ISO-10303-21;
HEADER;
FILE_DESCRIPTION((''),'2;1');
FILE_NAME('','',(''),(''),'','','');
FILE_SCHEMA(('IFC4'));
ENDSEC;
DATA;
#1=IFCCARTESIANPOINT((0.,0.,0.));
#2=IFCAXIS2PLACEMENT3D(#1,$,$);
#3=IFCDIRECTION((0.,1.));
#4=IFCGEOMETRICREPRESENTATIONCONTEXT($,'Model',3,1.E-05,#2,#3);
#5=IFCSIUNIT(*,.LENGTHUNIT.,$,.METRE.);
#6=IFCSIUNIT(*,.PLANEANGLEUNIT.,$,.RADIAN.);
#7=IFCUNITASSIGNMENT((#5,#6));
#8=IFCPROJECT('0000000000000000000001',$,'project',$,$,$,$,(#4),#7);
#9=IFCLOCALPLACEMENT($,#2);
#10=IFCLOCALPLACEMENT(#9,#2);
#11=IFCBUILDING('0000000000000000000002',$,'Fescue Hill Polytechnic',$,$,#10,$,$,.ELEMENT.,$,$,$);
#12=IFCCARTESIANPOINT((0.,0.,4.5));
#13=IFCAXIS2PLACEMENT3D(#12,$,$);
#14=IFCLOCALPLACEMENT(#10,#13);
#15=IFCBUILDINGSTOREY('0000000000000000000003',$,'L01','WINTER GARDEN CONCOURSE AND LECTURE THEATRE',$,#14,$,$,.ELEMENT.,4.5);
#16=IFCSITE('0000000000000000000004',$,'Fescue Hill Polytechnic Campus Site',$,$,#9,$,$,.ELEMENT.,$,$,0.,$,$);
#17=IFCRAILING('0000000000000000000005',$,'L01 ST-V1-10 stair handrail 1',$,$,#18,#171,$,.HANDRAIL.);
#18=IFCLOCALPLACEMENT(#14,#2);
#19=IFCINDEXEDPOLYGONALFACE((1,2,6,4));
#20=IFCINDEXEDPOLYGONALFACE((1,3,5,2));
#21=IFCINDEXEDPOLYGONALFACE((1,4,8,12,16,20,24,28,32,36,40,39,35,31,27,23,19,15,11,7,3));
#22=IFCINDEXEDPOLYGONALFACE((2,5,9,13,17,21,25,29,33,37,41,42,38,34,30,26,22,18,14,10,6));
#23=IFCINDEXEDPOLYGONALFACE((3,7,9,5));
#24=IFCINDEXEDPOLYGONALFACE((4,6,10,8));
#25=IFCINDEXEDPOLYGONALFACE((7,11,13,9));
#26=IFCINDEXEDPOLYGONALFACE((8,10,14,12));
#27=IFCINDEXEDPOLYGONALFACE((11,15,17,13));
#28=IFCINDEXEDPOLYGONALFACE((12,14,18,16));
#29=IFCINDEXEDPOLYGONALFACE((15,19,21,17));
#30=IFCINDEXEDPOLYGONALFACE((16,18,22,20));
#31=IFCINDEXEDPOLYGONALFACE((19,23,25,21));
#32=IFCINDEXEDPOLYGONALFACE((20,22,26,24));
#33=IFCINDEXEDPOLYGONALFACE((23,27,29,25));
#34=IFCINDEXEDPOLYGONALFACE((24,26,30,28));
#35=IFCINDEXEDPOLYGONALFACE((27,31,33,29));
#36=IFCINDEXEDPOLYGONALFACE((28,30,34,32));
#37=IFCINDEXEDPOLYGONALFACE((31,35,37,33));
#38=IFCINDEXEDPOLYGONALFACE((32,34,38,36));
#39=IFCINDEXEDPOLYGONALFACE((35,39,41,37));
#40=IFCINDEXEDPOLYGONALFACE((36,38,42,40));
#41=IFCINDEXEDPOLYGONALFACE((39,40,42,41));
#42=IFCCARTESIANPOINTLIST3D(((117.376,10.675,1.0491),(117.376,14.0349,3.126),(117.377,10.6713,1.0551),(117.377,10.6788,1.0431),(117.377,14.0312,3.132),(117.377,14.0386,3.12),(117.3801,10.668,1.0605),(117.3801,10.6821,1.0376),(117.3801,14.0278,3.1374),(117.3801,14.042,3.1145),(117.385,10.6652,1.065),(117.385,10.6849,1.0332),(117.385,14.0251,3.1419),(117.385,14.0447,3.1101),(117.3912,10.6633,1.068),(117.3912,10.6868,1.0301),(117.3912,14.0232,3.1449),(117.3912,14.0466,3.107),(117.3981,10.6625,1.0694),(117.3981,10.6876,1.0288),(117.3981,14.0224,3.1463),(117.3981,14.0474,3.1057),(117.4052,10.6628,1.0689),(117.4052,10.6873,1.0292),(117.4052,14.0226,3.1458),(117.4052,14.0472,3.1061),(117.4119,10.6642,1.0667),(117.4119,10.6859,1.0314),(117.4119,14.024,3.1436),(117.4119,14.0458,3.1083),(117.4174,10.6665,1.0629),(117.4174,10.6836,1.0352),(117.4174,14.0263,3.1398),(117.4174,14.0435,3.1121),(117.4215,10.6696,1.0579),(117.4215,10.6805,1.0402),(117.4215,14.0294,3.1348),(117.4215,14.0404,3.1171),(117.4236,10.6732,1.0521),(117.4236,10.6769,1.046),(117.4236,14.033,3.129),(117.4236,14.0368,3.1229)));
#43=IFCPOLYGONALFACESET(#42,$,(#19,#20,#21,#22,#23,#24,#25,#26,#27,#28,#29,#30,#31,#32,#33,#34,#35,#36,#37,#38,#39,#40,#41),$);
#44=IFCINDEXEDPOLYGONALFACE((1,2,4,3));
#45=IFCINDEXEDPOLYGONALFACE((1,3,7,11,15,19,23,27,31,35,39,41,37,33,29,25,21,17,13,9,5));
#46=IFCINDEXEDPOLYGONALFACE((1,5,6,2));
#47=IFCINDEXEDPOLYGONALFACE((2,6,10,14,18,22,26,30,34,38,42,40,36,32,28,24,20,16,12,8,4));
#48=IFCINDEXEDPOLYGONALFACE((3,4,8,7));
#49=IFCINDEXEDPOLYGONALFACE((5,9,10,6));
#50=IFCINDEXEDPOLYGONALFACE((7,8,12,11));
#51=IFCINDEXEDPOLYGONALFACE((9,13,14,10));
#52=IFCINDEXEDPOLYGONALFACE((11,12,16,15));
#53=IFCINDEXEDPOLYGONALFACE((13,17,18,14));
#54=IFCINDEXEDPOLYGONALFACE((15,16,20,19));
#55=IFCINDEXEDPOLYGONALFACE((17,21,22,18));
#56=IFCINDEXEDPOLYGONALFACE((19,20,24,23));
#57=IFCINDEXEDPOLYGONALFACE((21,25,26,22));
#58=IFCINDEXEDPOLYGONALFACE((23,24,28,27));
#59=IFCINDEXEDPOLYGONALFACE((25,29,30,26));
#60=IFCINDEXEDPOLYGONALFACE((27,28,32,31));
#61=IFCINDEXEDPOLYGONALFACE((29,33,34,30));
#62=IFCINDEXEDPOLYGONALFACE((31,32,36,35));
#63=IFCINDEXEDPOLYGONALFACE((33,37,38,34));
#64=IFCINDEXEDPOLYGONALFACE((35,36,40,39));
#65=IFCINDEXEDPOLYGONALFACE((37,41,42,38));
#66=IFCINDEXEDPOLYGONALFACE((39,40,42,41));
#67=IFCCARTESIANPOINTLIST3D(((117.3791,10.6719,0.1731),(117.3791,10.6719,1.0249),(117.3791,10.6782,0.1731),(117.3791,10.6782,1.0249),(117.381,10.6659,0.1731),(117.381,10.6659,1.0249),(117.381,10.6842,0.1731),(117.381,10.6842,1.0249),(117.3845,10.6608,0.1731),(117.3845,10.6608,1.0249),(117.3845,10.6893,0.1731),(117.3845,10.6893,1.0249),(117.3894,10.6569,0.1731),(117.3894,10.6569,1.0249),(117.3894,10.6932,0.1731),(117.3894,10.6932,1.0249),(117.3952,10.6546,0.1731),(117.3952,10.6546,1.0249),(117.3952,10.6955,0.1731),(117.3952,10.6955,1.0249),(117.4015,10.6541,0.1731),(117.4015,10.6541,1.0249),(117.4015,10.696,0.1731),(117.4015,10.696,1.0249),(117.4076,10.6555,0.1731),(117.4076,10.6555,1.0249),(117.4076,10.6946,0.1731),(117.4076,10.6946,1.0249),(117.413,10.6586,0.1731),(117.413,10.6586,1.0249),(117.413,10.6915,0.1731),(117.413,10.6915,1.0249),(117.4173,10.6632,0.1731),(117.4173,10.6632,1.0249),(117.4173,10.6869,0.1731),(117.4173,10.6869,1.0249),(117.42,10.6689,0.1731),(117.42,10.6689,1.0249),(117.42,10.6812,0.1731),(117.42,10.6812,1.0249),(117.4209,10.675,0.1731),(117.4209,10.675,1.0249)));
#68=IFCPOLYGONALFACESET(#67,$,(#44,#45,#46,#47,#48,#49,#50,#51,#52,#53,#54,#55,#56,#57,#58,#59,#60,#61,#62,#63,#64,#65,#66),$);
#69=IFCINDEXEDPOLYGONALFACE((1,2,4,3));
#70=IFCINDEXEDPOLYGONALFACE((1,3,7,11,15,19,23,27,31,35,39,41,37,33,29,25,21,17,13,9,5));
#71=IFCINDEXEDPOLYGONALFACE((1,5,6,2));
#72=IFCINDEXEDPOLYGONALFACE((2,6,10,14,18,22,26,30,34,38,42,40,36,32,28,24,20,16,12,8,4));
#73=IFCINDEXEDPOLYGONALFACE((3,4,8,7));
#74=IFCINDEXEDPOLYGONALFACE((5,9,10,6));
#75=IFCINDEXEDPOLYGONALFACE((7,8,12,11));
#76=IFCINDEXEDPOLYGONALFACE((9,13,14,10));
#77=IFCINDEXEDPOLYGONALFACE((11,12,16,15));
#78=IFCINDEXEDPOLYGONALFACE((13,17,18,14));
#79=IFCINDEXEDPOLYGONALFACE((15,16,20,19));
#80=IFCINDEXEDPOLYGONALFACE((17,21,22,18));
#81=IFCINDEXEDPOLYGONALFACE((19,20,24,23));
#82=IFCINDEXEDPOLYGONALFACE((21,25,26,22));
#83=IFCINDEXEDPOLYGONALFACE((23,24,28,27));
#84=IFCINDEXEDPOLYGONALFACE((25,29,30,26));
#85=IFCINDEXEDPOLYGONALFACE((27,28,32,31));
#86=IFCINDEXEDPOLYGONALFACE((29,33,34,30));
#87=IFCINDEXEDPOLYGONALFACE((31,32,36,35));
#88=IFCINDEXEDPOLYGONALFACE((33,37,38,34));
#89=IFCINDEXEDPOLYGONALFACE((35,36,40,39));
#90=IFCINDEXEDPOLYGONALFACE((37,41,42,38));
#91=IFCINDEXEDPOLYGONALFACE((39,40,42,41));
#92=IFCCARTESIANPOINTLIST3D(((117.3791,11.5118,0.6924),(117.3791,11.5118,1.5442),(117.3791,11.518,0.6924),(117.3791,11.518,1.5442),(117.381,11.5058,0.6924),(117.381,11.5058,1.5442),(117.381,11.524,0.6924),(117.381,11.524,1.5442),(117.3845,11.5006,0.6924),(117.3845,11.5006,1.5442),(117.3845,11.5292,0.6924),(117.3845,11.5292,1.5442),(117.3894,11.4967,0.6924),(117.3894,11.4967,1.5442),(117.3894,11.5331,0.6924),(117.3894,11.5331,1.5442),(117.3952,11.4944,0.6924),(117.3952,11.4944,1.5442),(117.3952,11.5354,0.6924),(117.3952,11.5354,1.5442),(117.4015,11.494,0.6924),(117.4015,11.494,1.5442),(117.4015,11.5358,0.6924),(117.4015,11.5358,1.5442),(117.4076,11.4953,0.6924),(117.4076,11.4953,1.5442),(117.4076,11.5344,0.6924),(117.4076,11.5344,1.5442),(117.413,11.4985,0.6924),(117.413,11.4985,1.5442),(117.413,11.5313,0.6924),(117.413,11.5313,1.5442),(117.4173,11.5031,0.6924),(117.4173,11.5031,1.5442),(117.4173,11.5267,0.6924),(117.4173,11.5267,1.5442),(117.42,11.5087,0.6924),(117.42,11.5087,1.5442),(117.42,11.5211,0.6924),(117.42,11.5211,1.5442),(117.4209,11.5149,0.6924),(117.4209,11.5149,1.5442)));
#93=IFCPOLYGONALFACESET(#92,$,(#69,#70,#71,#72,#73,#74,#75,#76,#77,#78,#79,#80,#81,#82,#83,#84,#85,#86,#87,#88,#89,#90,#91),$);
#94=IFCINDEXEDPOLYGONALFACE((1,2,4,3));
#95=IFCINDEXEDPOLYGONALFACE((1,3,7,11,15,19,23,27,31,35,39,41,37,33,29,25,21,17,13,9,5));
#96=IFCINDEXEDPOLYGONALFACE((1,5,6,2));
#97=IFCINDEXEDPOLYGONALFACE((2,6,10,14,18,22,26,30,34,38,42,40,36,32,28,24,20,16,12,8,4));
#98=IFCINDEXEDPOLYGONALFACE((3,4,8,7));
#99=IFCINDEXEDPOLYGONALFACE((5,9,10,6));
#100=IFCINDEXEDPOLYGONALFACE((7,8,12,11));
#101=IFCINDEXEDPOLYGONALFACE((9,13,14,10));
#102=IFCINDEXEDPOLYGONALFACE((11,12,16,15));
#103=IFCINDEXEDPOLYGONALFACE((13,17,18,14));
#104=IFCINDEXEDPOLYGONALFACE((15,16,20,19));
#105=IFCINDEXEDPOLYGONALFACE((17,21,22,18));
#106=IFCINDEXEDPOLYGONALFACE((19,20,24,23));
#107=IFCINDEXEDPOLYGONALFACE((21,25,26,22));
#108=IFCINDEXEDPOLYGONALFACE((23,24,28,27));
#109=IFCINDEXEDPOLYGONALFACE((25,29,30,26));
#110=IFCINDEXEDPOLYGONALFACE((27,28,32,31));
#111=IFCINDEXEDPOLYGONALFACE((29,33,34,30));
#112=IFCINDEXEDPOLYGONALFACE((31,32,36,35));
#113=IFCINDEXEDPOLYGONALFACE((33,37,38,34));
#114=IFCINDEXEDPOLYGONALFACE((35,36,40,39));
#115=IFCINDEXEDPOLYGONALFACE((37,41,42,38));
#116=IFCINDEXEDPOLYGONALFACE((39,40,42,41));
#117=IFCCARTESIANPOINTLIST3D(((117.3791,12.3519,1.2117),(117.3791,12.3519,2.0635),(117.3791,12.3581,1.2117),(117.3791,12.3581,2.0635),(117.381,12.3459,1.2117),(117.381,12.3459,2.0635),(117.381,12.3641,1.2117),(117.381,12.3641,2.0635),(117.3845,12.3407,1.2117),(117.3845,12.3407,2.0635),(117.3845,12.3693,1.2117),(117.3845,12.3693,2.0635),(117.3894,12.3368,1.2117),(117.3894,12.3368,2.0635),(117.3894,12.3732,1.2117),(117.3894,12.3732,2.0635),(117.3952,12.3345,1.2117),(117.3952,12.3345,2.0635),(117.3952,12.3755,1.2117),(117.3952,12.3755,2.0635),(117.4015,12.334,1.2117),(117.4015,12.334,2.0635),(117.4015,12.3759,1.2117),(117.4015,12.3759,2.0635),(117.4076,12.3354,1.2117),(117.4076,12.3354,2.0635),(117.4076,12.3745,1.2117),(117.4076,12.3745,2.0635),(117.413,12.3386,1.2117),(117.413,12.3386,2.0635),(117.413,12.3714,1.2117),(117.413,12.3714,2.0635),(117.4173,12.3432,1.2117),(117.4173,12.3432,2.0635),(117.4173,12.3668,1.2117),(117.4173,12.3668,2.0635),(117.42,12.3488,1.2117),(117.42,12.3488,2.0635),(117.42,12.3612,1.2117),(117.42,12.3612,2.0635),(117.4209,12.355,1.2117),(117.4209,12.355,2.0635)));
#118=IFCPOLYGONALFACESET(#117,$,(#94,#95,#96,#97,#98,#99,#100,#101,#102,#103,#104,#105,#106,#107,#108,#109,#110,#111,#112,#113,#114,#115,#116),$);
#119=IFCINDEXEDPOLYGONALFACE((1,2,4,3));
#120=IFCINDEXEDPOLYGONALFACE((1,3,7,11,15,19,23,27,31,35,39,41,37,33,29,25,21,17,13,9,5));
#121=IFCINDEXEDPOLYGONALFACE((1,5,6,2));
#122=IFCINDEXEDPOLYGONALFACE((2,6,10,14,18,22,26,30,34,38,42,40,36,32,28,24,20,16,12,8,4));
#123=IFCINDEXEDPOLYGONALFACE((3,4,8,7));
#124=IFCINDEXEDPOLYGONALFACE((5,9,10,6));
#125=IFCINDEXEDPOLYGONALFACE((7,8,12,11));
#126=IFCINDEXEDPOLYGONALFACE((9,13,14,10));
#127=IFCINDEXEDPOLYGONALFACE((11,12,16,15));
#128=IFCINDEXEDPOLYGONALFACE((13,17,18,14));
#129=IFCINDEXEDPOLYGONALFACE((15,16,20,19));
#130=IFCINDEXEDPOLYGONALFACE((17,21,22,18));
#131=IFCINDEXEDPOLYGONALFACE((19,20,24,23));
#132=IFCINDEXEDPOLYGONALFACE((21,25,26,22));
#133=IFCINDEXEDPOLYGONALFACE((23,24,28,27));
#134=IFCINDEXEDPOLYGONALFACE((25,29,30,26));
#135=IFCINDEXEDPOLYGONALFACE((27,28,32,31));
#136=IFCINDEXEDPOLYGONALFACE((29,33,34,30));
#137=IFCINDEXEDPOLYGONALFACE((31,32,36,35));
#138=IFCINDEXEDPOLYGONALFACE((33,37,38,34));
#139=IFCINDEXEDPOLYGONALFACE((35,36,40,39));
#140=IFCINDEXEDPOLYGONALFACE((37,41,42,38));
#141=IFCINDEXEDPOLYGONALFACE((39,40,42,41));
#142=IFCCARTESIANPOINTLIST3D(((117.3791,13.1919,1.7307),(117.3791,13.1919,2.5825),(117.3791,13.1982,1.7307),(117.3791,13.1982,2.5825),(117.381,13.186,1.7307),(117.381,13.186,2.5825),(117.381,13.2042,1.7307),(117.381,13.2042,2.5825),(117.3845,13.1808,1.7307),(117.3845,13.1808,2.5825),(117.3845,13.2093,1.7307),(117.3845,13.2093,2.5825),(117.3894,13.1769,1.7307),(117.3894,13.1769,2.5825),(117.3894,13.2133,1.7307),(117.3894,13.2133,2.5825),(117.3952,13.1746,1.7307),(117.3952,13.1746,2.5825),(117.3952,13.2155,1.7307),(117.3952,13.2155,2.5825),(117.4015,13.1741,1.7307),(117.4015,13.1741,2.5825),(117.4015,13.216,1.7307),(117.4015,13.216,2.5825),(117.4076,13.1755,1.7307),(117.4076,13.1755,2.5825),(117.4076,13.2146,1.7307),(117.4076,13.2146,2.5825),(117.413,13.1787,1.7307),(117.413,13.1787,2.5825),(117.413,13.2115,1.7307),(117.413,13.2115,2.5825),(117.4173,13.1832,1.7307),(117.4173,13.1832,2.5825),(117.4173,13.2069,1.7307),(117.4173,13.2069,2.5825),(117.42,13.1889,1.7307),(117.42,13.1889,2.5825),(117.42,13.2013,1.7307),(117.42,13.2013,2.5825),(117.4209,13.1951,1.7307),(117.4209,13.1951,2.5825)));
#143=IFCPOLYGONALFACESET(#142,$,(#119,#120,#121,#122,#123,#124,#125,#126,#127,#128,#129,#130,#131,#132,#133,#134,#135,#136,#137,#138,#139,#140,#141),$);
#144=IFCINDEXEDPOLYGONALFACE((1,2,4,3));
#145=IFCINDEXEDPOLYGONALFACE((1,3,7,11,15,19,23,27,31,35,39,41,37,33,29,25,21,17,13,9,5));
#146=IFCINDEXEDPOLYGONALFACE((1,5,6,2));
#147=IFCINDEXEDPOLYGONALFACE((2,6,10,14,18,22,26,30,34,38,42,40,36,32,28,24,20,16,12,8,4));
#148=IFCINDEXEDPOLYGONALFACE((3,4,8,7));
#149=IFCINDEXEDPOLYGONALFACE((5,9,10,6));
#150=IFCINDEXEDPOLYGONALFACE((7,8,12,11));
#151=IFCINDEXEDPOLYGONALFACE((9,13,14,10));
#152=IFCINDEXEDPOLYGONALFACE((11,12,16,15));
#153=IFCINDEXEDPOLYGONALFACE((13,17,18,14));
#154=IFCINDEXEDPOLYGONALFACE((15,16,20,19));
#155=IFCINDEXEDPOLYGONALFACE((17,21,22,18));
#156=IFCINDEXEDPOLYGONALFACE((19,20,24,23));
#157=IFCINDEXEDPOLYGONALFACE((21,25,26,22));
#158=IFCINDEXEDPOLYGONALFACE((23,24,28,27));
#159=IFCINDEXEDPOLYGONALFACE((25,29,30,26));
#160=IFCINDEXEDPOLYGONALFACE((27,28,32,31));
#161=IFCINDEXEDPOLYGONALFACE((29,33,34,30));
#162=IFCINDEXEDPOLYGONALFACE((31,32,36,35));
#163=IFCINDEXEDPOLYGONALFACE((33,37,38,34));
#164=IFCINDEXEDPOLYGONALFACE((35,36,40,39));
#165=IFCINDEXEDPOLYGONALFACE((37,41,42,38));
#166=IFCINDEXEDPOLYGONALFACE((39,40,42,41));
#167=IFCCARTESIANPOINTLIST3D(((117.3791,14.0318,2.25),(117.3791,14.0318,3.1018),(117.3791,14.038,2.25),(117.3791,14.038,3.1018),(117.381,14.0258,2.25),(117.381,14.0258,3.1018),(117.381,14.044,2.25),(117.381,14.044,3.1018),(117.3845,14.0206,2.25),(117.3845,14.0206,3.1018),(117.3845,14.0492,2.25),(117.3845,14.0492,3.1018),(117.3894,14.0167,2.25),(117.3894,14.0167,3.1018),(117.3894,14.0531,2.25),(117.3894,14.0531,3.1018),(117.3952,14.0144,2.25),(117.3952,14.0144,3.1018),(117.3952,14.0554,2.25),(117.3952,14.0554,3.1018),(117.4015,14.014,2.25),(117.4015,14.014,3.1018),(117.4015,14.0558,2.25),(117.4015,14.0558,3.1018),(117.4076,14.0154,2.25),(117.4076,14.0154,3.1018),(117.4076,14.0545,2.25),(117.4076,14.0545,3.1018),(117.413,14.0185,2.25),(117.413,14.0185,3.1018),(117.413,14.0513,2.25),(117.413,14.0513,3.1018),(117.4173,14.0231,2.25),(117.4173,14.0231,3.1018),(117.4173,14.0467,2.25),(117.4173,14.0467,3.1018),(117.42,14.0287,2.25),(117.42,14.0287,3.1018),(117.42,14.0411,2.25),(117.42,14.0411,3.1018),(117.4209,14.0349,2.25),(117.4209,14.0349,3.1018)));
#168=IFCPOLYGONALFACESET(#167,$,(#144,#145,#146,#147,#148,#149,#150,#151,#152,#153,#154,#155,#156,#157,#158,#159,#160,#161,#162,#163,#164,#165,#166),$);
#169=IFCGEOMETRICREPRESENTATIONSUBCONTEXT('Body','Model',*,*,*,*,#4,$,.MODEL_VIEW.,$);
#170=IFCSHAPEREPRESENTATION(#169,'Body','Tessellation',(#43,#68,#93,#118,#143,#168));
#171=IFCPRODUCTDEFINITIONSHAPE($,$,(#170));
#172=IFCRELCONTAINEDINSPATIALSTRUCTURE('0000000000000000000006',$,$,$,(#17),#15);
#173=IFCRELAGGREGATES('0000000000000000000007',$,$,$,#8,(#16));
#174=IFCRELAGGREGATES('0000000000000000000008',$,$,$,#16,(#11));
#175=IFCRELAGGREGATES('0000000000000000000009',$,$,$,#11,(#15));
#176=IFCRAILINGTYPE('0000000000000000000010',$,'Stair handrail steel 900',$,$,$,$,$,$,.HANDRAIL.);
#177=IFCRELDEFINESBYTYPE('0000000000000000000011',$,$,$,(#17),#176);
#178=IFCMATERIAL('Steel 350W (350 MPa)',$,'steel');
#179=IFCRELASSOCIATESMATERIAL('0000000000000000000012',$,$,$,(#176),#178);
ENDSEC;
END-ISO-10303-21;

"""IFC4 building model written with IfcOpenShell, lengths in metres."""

from ifc_helpers import new_model, si_unit, direction, frame, origin, origin_2d, place, context, subcontext, project, spatial, circle, extrude, material, type_object, element, save


model = new_model("IFC4")

# Units and contexts
model_context = context("Model", 3, precision=1e-05, world=origin(), true_north=direction((0.0, 1.0)))
body_context = subcontext(model_context, "Body", "Model", "MODEL_VIEW")
ifc_project = project(units=[si_unit("LENGTHUNIT", "METRE"), si_unit("PLANEANGLEUNIT", "RADIAN")], contexts=[model_context])

# Site, building, storey
site_placement = place(None, origin())
site = spatial("IfcSite", under=ifc_project, at=site_placement, Name="Fescue Hill Polytechnic Campus Site", CompositionType="ELEMENT", RefElevation=0.0)
building_placement = place(site_placement, origin())
building = spatial("IfcBuilding", under=site, at=building_placement, Name="Fescue Hill Polytechnic", CompositionType="ELEMENT")
storey_placement = place(building_placement, frame((0.0, 0.0, 4.5)))
storey = spatial("IfcBuildingStorey", under=building, at=storey_placement, Name="L01", Description="WINTER GARDEN CONCOURSE AND LECTURE THEATRE", CompositionType="ELEMENT", Elevation=4.5)

# Railing
ifc_material_1 = material(Name="Steel 350W (350 MPa)", Category="steel")
railing_type_1 = type_object("IfcRailingType", Name="Stair handrail steel 900", PredefinedType="HANDRAIL", material=ifc_material_1)
railing_1_placement = place(storey_placement, frame((117.3999, 10.675, 0.1731)))
element("IfcRailing", 1, at=railing_1_placement, inside=storey, type_object=railing_type_1, Name="L01 ST-V1-10 stair handrail 1", PredefinedType="HANDRAIL", context=body_context, shape_type="SweptSolid", body=[
    extrude(circle(Radius=0.0239, at=origin_2d()), frame((0.0, 0.0, 0.876), z_axis=(0.0, 0.850606, 0.525803), x_axis=(-1.0, 0.0, 0.0)), (0.0, 0.0, 1.0), 3.95),
    extrude(circle(Radius=0.021, at=origin_2d()), origin(), (0.0, 0.0, 1.0), 0.8518),
    extrude(circle(Radius=0.021, at=origin_2d()), frame((0.0, 0.8398, 0.5193)), (0.0, 0.0, 1.0), 0.8518),
    extrude(circle(Radius=0.021, at=origin_2d()), frame((0.0, 1.6799, 1.0386)), (0.0, 0.0, 1.0), 0.8518),
    extrude(circle(Radius=0.021, at=origin_2d()), frame((0.0, 2.52, 1.5576)), (0.0, 0.0, 1.0), 0.8518),
    extrude(circle(Radius=0.021, at=origin_2d()), frame((0.0, 3.3599, 2.0769)), (0.0, 0.0, 1.0), 0.8518),
])

save(model, "model.ifc")
